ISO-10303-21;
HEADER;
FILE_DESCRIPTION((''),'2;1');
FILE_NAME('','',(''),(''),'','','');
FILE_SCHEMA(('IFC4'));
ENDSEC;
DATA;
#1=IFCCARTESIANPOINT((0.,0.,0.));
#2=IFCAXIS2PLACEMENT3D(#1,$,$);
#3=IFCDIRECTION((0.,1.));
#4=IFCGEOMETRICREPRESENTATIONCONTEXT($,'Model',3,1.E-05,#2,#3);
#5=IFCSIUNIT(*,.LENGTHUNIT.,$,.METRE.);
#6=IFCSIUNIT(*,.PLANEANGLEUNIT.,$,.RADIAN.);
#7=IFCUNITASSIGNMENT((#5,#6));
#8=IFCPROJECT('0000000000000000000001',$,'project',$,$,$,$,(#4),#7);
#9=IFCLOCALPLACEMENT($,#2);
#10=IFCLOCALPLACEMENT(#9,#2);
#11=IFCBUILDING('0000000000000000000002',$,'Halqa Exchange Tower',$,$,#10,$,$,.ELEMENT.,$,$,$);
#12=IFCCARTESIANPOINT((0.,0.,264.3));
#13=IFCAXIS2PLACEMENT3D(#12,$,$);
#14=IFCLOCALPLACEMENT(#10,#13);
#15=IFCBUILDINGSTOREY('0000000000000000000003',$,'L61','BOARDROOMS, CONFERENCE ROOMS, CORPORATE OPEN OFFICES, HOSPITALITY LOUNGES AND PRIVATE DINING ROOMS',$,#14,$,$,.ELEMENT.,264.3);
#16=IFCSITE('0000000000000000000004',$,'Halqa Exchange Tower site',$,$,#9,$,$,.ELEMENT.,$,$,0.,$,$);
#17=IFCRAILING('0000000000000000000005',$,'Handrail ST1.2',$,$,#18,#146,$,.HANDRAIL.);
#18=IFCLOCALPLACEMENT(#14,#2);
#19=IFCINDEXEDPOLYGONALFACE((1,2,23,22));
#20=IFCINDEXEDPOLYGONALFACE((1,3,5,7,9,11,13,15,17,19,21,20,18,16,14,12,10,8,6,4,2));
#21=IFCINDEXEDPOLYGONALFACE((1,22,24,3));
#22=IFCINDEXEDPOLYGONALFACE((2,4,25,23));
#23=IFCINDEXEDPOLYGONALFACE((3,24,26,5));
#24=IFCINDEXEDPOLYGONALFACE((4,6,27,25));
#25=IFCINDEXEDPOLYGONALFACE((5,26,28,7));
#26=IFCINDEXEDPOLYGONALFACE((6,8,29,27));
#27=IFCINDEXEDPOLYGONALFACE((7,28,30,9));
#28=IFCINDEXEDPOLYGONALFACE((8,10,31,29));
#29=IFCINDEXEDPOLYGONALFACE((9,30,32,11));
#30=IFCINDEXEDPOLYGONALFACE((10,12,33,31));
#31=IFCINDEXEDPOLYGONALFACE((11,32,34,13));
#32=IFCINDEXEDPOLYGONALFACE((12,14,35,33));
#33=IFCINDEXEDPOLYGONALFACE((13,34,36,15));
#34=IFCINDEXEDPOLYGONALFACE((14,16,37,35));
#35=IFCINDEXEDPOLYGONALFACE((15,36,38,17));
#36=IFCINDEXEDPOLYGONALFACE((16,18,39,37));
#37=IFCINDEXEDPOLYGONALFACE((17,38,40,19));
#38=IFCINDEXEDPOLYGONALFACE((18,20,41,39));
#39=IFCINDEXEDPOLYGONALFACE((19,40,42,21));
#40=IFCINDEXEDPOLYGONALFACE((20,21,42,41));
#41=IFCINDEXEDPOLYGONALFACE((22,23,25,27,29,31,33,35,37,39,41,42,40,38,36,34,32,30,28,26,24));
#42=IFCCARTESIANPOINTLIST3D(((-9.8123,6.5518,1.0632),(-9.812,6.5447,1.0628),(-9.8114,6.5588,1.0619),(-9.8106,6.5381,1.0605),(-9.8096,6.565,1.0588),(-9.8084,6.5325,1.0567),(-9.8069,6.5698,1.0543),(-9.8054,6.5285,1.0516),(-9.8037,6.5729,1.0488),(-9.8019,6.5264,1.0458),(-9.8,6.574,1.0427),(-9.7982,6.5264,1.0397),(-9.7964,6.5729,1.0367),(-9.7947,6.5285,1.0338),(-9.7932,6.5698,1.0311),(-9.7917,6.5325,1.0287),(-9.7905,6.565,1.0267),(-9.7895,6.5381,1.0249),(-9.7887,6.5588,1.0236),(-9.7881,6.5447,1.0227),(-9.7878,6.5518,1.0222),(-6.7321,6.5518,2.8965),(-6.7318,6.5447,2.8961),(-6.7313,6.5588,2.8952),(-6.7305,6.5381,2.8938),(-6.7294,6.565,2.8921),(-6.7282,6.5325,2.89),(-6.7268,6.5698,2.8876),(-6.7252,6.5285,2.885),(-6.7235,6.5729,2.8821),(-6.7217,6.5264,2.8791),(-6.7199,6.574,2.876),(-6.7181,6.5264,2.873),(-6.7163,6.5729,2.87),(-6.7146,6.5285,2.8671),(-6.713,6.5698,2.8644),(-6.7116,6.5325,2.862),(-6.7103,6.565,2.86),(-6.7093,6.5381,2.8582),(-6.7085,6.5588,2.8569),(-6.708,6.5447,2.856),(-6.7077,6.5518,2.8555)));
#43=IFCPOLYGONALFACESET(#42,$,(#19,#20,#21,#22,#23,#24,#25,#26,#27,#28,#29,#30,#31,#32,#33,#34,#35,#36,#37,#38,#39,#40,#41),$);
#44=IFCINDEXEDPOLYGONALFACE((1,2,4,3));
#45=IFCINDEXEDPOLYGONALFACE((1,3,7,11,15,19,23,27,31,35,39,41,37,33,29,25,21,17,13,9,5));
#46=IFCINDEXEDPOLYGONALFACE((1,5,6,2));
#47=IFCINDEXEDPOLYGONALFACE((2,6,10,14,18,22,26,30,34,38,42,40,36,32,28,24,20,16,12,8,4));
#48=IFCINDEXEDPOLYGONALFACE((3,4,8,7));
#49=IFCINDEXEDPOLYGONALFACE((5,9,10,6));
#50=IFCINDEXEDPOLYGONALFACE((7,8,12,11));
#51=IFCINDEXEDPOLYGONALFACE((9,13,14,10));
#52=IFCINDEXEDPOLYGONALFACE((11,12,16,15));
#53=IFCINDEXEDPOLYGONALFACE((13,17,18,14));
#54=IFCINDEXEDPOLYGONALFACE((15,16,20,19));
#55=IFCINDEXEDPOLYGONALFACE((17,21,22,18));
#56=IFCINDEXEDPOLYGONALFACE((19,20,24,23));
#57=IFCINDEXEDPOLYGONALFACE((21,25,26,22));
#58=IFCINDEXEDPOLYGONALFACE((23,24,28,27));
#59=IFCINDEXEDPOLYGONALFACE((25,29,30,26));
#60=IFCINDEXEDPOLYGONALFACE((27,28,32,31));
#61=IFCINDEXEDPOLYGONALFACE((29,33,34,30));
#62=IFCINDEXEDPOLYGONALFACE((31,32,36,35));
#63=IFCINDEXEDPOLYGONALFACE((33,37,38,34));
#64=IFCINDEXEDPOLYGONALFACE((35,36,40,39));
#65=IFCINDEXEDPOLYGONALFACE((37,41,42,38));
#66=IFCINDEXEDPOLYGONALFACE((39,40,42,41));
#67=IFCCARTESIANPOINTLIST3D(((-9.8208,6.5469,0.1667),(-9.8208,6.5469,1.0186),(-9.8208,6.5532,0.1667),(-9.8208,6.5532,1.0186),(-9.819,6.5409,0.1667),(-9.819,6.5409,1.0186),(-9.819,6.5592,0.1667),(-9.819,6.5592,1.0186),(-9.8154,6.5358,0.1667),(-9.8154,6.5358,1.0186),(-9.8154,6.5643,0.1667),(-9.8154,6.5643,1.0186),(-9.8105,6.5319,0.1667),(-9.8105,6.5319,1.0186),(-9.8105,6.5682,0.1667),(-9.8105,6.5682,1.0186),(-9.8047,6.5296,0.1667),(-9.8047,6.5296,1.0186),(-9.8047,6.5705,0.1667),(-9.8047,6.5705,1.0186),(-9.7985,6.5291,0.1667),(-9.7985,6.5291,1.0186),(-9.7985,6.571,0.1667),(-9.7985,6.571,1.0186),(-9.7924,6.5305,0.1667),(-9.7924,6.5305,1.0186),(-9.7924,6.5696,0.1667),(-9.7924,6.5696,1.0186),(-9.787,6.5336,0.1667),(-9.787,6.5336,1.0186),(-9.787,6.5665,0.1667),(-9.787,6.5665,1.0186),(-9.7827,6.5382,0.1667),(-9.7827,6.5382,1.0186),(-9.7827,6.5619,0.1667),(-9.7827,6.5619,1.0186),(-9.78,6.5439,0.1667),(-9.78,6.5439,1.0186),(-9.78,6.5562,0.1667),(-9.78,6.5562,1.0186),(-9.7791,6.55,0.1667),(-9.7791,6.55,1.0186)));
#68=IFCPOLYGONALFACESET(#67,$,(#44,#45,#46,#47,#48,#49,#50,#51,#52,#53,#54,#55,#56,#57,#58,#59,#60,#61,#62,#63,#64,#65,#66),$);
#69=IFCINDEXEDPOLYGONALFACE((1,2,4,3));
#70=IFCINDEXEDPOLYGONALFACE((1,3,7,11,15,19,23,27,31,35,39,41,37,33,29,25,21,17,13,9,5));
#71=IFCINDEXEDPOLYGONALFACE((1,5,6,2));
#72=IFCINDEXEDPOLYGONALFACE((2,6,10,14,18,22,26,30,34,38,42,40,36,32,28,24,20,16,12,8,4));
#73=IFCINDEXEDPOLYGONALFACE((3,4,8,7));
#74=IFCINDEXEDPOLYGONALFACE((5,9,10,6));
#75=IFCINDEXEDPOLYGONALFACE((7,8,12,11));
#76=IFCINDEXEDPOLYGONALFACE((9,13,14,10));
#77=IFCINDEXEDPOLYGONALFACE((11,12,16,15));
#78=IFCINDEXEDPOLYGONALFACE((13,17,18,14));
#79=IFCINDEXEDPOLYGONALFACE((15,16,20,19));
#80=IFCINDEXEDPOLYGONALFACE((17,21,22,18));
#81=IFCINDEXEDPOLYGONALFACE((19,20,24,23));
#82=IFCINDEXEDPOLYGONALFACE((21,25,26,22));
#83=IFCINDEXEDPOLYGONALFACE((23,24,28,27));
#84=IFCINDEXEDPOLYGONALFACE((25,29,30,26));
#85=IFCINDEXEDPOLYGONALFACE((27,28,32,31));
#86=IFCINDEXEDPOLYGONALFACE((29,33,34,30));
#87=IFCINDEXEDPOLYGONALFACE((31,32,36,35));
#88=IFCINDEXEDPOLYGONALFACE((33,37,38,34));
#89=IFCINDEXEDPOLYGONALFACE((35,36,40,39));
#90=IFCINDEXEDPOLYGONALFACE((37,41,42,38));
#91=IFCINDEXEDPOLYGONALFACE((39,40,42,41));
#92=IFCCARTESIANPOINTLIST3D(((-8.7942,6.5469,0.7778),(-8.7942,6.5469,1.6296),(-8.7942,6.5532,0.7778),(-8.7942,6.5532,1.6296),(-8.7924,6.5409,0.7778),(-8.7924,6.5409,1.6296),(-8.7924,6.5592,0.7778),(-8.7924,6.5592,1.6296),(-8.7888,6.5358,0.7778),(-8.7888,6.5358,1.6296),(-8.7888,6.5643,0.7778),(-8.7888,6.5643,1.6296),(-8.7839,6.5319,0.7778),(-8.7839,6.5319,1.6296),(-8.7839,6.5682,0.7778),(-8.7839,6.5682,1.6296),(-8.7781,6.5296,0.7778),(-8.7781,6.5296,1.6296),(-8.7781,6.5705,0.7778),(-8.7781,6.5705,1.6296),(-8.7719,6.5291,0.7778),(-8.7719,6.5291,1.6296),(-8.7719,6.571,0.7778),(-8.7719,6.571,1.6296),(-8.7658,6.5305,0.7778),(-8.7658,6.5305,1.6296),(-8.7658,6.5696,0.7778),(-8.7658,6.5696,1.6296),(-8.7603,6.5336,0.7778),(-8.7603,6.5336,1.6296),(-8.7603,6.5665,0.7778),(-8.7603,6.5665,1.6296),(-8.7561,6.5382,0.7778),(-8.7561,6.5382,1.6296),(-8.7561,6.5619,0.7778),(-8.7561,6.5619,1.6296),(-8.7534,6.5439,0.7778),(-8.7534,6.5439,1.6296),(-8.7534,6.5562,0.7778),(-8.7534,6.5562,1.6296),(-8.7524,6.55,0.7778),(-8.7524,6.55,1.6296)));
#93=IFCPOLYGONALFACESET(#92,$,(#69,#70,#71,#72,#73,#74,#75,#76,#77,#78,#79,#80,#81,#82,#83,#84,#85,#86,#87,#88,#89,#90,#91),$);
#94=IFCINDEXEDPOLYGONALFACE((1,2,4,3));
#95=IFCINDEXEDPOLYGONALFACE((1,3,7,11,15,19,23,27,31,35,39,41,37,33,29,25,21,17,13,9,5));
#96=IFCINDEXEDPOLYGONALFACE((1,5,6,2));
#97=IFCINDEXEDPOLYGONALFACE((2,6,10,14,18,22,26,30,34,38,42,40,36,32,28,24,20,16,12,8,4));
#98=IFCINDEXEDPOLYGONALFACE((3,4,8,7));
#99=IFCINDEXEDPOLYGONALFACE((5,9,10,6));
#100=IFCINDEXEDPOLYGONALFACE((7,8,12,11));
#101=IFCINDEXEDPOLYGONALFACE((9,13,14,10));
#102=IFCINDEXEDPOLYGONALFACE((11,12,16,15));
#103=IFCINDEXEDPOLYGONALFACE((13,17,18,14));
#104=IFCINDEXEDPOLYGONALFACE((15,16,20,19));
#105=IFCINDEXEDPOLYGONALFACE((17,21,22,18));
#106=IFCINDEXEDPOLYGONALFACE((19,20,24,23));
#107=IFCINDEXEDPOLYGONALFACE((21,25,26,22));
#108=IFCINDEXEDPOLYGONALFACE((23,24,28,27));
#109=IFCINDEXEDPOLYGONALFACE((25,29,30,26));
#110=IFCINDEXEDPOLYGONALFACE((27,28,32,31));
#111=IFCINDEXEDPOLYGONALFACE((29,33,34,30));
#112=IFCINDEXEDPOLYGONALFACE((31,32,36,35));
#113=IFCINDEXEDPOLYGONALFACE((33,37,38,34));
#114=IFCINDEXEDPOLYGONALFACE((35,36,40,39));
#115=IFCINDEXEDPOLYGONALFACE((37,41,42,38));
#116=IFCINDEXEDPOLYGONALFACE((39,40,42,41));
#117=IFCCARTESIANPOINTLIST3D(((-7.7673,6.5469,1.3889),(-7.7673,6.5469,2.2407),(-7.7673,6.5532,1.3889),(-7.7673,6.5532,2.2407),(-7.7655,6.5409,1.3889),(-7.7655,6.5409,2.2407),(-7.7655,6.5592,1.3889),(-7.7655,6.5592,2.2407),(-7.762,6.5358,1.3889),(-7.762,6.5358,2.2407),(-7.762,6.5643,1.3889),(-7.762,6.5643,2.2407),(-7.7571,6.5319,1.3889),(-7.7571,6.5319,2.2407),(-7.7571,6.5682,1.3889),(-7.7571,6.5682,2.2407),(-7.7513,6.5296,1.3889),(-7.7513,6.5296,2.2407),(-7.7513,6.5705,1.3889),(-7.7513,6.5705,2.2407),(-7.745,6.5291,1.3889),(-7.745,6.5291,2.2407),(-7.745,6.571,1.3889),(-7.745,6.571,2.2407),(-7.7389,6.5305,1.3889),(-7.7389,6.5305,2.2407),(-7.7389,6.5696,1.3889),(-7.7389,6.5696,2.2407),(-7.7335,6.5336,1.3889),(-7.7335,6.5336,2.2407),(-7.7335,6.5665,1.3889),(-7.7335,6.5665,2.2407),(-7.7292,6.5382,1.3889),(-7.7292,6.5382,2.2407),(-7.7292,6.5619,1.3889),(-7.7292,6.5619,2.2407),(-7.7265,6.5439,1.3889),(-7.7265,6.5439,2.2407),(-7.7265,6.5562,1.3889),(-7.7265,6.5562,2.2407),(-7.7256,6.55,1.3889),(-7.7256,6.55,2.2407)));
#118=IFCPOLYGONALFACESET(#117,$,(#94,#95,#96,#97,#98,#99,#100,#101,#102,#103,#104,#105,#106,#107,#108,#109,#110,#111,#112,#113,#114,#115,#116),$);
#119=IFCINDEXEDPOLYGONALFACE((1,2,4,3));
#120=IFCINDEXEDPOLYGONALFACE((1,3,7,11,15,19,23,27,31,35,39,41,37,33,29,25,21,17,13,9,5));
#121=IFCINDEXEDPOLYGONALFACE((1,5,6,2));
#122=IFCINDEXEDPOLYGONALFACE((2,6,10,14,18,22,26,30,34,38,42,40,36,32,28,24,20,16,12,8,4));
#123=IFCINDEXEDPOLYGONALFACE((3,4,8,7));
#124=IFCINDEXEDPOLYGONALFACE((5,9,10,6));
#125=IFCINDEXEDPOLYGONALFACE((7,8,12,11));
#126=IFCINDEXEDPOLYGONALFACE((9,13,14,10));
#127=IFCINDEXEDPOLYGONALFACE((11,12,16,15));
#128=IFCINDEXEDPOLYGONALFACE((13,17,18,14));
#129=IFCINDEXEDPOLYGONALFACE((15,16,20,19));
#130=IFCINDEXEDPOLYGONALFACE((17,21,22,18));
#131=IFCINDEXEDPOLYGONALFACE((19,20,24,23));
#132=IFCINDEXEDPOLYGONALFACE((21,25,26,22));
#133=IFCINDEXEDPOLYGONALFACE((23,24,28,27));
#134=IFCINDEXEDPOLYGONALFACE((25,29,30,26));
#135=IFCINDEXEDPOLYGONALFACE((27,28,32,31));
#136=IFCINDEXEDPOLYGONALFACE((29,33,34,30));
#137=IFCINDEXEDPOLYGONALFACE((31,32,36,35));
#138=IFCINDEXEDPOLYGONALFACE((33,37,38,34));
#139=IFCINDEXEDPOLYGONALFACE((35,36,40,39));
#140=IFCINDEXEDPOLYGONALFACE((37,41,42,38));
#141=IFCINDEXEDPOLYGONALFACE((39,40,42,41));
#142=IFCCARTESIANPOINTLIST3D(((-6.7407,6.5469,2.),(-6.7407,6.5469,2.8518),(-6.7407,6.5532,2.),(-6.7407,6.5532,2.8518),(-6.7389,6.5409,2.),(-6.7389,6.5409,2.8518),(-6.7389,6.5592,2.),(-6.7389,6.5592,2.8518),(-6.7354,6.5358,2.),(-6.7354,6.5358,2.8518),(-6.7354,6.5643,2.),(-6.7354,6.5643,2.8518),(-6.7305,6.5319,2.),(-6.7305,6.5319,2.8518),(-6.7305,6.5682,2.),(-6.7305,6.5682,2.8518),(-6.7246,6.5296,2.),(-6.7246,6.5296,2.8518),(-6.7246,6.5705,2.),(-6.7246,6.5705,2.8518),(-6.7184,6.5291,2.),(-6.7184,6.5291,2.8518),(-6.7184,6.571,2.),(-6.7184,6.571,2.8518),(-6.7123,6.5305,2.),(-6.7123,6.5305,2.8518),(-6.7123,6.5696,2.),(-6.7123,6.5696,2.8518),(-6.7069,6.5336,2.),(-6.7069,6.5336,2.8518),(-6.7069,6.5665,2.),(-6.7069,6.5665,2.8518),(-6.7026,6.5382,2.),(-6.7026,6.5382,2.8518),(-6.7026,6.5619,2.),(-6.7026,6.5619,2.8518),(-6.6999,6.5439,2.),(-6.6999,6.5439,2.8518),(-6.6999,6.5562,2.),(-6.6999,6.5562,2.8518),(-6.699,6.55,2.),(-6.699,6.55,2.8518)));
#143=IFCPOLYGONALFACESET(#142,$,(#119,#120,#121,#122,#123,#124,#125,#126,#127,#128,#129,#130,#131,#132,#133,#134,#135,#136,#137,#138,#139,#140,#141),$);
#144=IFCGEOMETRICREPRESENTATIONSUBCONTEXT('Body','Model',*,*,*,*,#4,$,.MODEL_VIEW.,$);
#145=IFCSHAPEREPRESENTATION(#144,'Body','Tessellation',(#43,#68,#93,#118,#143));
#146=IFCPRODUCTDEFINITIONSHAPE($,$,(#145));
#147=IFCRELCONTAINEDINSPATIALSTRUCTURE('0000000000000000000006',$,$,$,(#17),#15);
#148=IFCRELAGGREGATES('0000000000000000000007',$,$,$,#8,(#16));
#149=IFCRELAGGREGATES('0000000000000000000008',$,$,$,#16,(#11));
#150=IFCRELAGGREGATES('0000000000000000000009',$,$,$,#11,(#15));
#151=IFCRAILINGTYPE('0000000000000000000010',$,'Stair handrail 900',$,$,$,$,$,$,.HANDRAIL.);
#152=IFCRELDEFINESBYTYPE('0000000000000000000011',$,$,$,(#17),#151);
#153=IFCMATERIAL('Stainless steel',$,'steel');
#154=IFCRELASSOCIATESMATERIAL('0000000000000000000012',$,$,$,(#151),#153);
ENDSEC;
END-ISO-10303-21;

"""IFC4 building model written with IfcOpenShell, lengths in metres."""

from ifc_helpers import new_model, si_unit, direction, frame, origin, origin_2d, place, context, subcontext, project, spatial, circle, extrude, material, type_object, element, save


model = new_model("IFC4")

# Units and contexts
model_context = context("Model", 3, precision=1e-05, world=origin(), true_north=direction((0.0, 1.0)))
body_context = subcontext(model_context, "Body", "Model", "MODEL_VIEW")
ifc_project = project(units=[si_unit("LENGTHUNIT", "METRE"), si_unit("PLANEANGLEUNIT", "RADIAN")], contexts=[model_context])

# Site, building, storey
site_placement = place(None, origin())
site = spatial("IfcSite", under=ifc_project, at=site_placement, Name="Halqa Exchange Tower site", CompositionType="ELEMENT", RefElevation=0.0)
building_placement = place(site_placement, origin())
building = spatial("IfcBuilding", under=site, at=building_placement, Name="Halqa Exchange Tower", CompositionType="ELEMENT")
storey_placement = place(building_placement, frame((0.0, 0.0, 264.3)))
storey = spatial("IfcBuildingStorey", under=building, at=storey_placement, Name="L61", Description="BOARDROOMS, CONFERENCE ROOMS, CORPORATE OPEN OFFICES, HOSPITALITY LOUNGES AND PRIVATE DINING ROOMS", CompositionType="ELEMENT", Elevation=264.3)

# Shared definitions
ifc_material_1 = material(Name="Stainless steel", Category="steel")

# Railing
railing_type_1 = type_object("IfcRailingType", Name="Stair handrail 900", PredefinedType="HANDRAIL", material=ifc_material_1)
railing_1_placement = place(storey_placement, frame((-9.8, 6.55, 0.1667)))
element("IfcRailing", 1, at=railing_1_placement, inside=storey, type_object=railing_type_1, Name="Handrail ST1.2", PredefinedType="HANDRAIL", context=body_context, shape_type="SweptSolid", body=[
    extrude(circle(Radius=0.0239, at=origin_2d()), frame((0.0, 0.0, 0.876), z_axis=(0.859309, 0.0, 0.511458), x_axis=(0.0, 1.0, 0.0)), (0.0, 0.0, 1.0), 3.5845),
    extrude(circle(Radius=0.021, at=origin_2d()), origin(), (0.0, 0.0, 1.0), 0.8518),
    extrude(circle(Radius=0.021, at=origin_2d()), frame((1.0266, 0.0, 0.6111)), (0.0, 0.0, 1.0), 0.8518),
    extrude(circle(Radius=0.021, at=origin_2d()), frame((2.0535, 0.0, 1.2222)), (0.0, 0.0, 1.0), 0.8518),
    extrude(circle(Radius=0.021, at=origin_2d()), frame((3.0801, 0.0, 1.8333)), (0.0, 0.0, 1.0), 0.8518),
])

save(model, "model.ifc")
